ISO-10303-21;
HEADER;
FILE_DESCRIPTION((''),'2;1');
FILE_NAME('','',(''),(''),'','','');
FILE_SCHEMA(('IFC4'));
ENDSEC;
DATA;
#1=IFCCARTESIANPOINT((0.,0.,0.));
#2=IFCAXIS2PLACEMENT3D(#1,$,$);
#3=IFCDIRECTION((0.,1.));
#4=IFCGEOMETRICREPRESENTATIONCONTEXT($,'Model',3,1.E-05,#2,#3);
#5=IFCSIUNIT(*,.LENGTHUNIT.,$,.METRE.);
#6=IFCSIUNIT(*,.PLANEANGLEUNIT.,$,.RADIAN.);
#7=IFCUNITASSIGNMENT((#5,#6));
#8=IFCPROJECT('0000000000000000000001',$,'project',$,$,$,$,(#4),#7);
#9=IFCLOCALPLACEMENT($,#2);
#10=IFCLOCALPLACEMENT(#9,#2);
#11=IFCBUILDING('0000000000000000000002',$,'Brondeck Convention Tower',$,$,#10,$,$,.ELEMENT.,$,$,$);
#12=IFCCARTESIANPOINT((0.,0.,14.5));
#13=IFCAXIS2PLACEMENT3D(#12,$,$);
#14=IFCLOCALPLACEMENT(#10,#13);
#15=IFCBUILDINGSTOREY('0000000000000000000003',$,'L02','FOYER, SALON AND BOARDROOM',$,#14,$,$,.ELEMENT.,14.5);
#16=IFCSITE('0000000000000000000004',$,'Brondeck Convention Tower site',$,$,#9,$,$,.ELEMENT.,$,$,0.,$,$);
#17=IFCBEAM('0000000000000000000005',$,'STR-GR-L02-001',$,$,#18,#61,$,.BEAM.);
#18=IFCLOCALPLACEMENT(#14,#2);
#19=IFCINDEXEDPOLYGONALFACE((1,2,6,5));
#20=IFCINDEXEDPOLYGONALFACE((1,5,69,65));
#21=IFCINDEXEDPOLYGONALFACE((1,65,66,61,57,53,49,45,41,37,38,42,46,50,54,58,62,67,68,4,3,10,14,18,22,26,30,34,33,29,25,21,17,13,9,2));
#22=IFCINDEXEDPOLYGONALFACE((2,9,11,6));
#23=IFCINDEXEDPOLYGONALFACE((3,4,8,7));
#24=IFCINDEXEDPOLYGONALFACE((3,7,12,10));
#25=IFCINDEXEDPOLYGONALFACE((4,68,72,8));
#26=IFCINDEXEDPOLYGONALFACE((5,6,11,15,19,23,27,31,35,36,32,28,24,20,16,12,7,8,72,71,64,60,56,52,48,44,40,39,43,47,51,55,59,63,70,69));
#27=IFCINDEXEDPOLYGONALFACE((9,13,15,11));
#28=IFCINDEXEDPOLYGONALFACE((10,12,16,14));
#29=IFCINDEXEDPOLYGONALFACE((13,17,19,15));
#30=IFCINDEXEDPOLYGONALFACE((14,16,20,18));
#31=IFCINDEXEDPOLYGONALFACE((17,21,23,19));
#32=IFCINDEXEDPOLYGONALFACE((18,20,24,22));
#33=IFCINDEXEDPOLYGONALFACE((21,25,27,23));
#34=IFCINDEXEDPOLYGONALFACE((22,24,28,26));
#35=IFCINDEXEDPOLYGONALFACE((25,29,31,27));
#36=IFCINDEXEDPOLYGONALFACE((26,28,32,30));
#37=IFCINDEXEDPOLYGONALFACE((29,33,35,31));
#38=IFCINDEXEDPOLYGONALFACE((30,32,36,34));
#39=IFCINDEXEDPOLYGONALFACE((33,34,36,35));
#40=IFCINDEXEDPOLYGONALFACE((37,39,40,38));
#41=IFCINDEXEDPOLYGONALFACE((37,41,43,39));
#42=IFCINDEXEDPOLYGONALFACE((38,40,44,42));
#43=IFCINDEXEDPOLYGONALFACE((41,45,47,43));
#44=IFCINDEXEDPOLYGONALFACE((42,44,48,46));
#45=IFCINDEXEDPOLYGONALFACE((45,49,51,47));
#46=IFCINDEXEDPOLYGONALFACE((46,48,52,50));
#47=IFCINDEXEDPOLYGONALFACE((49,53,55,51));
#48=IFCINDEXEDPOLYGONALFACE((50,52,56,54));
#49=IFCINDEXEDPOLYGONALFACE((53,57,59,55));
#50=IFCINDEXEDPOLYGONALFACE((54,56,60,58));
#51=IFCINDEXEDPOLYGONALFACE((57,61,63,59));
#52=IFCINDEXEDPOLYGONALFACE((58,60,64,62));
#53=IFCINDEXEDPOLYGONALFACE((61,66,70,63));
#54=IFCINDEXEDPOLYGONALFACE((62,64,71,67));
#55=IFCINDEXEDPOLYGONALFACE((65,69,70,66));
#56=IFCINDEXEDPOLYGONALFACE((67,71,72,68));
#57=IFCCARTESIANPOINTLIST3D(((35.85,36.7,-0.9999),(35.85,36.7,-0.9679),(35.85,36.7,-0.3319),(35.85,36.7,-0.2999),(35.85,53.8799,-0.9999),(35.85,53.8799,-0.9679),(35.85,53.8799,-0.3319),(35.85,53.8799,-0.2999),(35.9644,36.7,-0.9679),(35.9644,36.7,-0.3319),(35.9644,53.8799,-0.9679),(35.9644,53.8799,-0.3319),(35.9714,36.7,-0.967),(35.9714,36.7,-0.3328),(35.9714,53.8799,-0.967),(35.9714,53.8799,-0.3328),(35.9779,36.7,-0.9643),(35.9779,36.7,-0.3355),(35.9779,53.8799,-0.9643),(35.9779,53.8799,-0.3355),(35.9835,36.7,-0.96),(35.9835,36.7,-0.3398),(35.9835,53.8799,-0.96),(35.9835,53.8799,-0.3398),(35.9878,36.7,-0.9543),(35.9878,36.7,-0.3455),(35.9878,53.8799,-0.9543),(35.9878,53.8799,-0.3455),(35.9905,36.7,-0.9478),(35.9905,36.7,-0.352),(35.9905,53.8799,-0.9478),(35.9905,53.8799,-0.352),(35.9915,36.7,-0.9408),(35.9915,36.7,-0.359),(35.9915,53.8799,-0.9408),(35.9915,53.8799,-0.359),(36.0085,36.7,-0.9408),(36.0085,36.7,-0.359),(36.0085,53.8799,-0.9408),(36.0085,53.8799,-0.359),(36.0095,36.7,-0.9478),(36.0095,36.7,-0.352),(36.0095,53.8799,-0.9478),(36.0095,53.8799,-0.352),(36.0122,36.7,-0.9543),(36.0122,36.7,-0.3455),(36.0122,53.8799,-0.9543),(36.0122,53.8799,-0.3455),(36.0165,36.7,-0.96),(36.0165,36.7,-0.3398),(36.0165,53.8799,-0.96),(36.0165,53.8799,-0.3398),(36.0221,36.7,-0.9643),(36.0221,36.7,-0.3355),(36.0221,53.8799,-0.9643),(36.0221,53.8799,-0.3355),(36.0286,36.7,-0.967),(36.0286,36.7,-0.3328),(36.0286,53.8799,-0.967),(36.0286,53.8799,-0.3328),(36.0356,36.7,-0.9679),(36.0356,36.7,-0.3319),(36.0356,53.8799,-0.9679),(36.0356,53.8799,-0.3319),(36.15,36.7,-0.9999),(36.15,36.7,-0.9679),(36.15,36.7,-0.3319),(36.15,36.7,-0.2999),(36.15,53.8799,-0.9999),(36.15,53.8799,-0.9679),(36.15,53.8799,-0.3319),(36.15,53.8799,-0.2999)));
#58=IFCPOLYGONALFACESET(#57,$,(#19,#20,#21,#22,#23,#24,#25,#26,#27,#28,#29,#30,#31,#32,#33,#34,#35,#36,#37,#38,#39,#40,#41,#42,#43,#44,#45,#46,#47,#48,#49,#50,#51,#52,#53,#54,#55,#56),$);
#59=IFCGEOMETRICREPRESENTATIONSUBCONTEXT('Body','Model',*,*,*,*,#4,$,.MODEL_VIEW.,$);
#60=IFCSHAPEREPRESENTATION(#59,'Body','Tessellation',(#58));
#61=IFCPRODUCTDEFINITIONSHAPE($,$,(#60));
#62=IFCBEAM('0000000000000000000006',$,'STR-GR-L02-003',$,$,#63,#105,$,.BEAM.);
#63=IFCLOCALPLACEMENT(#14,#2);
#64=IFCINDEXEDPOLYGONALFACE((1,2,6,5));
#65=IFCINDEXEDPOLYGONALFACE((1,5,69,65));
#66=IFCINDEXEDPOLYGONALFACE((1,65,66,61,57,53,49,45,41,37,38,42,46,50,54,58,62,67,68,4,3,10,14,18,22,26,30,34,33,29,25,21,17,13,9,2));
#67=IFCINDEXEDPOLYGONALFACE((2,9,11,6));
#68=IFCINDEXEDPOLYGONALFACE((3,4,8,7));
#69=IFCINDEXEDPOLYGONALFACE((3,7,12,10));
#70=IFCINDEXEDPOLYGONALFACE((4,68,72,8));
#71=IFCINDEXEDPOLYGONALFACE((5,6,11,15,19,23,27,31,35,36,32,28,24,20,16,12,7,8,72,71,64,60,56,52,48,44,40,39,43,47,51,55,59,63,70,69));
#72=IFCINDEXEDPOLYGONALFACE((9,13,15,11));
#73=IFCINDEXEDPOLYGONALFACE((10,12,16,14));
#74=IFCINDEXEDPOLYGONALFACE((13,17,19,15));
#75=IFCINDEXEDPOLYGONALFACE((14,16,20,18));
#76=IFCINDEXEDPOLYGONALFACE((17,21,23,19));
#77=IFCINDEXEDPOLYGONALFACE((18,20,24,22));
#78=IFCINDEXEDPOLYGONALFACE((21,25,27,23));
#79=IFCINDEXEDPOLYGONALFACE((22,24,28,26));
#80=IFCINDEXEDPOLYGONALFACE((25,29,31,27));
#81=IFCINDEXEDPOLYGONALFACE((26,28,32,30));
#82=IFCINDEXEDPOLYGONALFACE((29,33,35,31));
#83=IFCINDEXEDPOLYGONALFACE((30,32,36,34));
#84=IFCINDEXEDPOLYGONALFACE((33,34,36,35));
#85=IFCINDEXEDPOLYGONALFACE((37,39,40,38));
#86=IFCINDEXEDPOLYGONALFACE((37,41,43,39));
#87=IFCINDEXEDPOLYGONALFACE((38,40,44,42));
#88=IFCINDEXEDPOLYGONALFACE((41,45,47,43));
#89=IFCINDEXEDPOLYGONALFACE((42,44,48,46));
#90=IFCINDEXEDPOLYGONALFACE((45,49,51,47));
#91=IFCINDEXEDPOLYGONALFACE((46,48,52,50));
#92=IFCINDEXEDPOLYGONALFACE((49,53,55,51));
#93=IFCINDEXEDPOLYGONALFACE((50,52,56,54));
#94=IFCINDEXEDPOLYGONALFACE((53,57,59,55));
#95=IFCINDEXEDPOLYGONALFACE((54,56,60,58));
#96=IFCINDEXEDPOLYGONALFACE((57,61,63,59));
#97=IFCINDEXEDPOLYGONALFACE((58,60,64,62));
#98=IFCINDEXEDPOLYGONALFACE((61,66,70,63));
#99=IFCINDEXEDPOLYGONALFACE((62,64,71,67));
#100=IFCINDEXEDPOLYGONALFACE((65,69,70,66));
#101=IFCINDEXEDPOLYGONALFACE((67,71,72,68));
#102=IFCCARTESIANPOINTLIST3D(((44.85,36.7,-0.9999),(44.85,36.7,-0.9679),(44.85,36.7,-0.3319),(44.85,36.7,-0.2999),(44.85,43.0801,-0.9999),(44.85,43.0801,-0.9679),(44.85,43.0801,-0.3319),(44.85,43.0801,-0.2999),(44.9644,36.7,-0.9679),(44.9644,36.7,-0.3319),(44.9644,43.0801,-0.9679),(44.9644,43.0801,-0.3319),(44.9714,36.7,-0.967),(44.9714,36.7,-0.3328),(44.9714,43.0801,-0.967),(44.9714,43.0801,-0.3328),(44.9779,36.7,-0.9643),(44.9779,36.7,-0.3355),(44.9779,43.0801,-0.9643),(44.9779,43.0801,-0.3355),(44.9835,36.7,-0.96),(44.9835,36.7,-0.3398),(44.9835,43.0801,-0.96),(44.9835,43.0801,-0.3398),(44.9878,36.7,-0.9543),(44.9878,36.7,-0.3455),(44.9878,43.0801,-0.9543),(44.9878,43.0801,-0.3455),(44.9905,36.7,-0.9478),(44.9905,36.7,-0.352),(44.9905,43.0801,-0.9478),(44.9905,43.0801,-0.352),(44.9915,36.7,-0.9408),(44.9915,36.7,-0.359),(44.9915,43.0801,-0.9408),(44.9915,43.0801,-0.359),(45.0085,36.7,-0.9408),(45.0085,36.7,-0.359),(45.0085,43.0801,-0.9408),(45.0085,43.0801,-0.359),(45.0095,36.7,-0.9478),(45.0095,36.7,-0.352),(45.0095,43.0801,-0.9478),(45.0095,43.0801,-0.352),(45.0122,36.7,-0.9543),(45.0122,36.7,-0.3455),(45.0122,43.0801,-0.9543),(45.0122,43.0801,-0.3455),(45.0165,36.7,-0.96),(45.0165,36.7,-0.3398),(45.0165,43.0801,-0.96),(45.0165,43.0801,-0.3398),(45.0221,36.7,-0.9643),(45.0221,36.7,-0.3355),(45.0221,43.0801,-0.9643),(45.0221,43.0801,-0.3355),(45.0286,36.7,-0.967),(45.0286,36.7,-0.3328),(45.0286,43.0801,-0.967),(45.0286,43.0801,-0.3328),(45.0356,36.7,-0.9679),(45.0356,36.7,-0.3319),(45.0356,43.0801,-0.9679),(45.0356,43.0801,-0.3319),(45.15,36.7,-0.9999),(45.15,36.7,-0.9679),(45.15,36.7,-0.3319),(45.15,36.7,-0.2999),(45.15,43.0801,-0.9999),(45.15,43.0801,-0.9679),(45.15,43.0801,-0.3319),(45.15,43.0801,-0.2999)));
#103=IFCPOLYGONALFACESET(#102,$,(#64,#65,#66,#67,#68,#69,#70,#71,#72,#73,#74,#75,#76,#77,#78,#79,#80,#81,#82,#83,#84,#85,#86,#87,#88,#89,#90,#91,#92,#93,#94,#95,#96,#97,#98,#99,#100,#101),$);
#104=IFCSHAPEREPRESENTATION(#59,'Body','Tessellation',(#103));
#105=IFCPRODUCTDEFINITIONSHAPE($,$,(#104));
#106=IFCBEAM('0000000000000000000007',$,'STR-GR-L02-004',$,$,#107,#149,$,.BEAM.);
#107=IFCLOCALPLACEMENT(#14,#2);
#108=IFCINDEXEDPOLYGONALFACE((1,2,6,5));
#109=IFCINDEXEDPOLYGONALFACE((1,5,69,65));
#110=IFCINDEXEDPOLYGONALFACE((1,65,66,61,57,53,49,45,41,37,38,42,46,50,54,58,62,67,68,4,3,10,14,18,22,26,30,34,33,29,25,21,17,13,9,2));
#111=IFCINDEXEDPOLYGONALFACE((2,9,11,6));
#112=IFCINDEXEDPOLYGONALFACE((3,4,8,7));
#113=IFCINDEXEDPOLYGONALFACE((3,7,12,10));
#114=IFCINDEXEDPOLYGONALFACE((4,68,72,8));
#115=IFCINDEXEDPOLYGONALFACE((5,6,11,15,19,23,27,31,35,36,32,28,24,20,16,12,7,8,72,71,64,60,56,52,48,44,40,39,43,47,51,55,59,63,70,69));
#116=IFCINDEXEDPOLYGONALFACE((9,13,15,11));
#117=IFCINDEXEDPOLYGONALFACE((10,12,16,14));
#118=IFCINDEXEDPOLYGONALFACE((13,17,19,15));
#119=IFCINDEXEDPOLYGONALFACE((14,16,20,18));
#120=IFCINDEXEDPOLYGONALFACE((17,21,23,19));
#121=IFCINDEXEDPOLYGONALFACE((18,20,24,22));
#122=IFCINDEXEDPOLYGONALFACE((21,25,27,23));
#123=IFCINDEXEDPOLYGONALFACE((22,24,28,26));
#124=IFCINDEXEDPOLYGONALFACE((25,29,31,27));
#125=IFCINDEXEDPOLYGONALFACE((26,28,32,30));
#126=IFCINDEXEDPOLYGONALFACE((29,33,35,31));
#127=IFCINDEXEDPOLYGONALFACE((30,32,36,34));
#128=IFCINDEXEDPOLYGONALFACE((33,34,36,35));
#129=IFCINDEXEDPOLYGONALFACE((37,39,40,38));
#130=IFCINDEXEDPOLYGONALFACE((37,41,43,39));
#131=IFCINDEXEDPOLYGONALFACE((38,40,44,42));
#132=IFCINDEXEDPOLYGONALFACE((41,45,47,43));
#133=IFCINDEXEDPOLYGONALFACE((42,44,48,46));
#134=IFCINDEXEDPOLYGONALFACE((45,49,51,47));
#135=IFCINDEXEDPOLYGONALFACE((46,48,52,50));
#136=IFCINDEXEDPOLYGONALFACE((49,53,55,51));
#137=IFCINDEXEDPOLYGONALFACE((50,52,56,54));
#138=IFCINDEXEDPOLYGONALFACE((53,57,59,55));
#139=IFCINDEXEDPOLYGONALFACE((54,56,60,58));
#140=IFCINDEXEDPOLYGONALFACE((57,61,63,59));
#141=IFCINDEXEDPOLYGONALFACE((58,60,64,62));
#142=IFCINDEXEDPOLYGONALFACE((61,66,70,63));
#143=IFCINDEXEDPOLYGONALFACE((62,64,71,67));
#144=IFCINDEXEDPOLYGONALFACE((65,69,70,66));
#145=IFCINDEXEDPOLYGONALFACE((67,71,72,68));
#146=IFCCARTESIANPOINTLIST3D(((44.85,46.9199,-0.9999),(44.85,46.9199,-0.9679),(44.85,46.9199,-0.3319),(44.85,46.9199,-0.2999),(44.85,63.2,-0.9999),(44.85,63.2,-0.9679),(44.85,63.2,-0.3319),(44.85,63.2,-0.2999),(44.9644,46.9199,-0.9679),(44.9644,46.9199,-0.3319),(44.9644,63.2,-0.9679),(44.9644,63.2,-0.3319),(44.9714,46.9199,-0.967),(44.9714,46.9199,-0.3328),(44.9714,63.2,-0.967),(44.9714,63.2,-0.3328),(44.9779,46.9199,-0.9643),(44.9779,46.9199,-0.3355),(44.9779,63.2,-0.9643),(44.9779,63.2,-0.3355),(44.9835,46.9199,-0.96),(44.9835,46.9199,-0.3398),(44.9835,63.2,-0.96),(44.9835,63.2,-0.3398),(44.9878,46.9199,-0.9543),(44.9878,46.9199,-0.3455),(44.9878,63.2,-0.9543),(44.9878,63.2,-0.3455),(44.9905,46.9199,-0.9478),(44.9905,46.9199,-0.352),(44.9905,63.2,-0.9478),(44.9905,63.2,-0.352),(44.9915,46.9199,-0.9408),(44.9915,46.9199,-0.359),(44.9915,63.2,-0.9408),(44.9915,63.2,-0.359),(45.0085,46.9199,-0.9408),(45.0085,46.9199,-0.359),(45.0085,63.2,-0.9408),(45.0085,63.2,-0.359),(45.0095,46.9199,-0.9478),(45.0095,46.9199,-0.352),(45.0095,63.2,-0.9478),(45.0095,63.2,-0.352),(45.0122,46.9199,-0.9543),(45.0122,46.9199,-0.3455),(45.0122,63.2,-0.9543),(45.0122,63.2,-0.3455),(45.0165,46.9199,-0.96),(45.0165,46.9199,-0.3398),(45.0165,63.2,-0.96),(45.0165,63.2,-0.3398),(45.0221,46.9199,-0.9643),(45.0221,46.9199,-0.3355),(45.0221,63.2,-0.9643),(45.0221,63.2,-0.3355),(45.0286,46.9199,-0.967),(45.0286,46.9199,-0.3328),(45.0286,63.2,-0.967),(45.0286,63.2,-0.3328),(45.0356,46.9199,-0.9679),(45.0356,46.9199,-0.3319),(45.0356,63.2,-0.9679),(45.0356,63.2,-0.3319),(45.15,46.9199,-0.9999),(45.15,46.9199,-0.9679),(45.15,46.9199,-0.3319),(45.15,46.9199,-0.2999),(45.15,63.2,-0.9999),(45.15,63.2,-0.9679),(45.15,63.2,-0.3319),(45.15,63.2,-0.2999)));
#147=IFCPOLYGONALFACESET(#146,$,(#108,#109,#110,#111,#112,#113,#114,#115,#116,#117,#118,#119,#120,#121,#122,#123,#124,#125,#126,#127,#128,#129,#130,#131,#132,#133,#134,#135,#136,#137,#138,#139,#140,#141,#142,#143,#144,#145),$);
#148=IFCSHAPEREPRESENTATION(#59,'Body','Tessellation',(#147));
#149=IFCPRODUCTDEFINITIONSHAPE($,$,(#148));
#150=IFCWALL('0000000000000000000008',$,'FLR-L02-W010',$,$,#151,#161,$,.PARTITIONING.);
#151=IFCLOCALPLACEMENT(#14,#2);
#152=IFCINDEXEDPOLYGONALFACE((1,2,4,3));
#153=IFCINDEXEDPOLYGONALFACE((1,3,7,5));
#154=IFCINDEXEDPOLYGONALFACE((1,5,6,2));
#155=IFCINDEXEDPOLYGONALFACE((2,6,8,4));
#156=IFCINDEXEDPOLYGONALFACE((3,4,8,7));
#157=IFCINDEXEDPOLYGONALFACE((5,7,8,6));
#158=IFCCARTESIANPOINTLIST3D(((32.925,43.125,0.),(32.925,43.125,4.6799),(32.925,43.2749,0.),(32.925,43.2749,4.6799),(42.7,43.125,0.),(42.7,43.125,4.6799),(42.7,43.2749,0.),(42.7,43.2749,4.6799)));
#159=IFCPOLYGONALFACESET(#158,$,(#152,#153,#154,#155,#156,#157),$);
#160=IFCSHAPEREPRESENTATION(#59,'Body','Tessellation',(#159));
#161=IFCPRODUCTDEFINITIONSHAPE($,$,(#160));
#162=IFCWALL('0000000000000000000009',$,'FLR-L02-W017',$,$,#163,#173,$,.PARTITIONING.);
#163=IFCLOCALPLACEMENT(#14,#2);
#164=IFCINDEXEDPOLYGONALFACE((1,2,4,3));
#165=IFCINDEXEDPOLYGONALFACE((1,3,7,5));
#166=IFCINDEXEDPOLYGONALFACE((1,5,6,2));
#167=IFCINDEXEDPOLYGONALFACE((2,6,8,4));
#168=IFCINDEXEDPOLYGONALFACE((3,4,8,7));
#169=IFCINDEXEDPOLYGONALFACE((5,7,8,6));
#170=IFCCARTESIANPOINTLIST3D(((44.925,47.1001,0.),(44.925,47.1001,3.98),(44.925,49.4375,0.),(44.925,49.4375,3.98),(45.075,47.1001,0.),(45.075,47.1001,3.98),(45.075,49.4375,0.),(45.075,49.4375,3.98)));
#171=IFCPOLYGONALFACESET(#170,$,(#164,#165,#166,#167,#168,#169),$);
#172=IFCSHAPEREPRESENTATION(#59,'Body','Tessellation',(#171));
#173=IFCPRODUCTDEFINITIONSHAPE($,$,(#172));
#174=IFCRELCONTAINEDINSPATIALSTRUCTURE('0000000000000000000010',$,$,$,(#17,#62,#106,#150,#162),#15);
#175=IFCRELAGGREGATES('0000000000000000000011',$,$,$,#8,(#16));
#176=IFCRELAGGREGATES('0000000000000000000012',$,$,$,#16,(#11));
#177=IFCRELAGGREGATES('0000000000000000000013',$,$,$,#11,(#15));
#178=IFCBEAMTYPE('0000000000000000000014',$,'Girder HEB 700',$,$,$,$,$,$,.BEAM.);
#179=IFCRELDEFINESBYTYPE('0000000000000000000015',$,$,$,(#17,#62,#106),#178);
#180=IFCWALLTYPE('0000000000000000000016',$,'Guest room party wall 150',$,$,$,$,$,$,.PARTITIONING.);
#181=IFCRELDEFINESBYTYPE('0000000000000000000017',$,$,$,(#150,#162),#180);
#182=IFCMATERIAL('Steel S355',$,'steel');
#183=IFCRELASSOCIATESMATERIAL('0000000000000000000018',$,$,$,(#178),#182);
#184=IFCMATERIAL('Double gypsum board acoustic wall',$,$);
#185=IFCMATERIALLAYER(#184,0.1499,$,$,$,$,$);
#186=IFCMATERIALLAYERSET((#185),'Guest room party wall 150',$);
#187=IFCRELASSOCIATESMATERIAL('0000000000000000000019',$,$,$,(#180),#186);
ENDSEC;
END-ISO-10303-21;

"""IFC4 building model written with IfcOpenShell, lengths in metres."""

from ifc_helpers import new_model, si_unit, direction, frame, frame_2d, origin, origin_2d, place, context, subcontext, project, spatial, rectangle, i_section, extrude, material, layer, layer_set, material_profile, profile_set, type_object, element, save


model = new_model("IFC4")

# Units and contexts
model_context = context("Model", 3, precision=1e-05, world=origin(), true_north=direction((0.0, 1.0)))
body_context = subcontext(model_context, "Body", "Model", "MODEL_VIEW")
ifc_project = project(units=[si_unit("LENGTHUNIT", "METRE"), si_unit("PLANEANGLEUNIT", "RADIAN")], contexts=[model_context])

# Site, building, storey
site_placement = place(None, origin())
site = spatial("IfcSite", under=ifc_project, at=site_placement, Name="Brondeck Convention Tower site", CompositionType="ELEMENT", RefElevation=0.0)
building_placement = place(site_placement, origin())
building = spatial("IfcBuilding", under=site, at=building_placement, Name="Brondeck Convention Tower", CompositionType="ELEMENT")
storey_placement = place(building_placement, frame((0.0, 0.0, 14.5)))
storey = spatial("IfcBuildingStorey", under=building, at=storey_placement, Name="L02", Description="FOYER, SALON AND BOARDROOM", CompositionType="ELEMENT", Elevation=14.5)

# Beams
ifc_material_1 = material(Name="Steel S355", Category="steel")
ifc_material_profile = material_profile(ifc_material_1, i_section(OverallWidth=0.3, OverallDepth=0.7, WebThickness=0.0171, FlangeThickness=0.032, FilletRadius=0.0271, at=origin_2d()), Name="HEB 700")
ifc_profile_set = profile_set([ifc_material_profile], Name="Steel S355")
beam_type = type_object("IfcBeamType", Name="Girder HEB 700", PredefinedType="BEAM", material=ifc_profile_set)
beam_1_placement = place(storey_placement, frame((36.0, 36.7, -0.6499), z_axis=(0.0, 1.0, 0.0), x_axis=(-1.0, 0.0, 0.0)))
element("IfcBeam", 1, at=beam_1_placement, inside=storey, type_object=beam_type, Name="STR-GR-L02-001", PredefinedType="BEAM", context=body_context, shape_type="SweptSolid", body=[
    extrude(i_section(OverallWidth=0.3, OverallDepth=0.7, WebThickness=0.0171, FlangeThickness=0.032, FilletRadius=0.0271, at=origin_2d()), origin(), (0.0, 0.0, 1.0), 17.1799),
])
beam_2_placement = place(storey_placement, frame((45.0, 36.7, -0.6499), z_axis=(0.0, 1.0, 0.0), x_axis=(-1.0, 0.0, 0.0)))
element("IfcBeam", 2, at=beam_2_placement, inside=storey, type_object=beam_type, Name="STR-GR-L02-003", PredefinedType="BEAM", context=body_context, shape_type="SweptSolid", body=[
    extrude(i_section(OverallWidth=0.3, OverallDepth=0.7, WebThickness=0.0171, FlangeThickness=0.032, FilletRadius=0.0271, at=origin_2d()), origin(), (0.0, 0.0, 1.0), 6.3801),
])
beam_3_placement = place(storey_placement, frame((45.0, 46.9199, -0.6499), z_axis=(0.0, 1.0, 0.0), x_axis=(-1.0, 0.0, 0.0)))
element("IfcBeam", 3, at=beam_3_placement, inside=storey, type_object=beam_type, Name="STR-GR-L02-004", PredefinedType="BEAM", context=body_context, shape_type="SweptSolid", body=[
    extrude(i_section(OverallWidth=0.3, OverallDepth=0.7, WebThickness=0.0171, FlangeThickness=0.032, FilletRadius=0.0271, at=origin_2d()), origin(), (0.0, 0.0, 1.0), 16.28),
])

# Walls
ifc_material_2 = material(Name="Double gypsum board acoustic wall")
ifc_layer_1 = layer(ifc_material_2, 0.1499)
ifc_layer_set_1 = layer_set([ifc_layer_1], Name="Guest room party wall 150")
wall_type_1 = type_object("IfcWallType", Name="Guest room party wall 150", PredefinedType="PARTITIONING", material=ifc_layer_set_1)
wall_1_placement = place(storey_placement, frame((32.925, 43.2, 0.0), z_axis=(0.0, 0.0, 1.0), x_axis=(1.0, 0.0, 0.0)))
element("IfcWall", 4, at=wall_1_placement, inside=storey, type_object=wall_type_1, Name="FLR-L02-W010", PredefinedType="PARTITIONING", context=body_context, shape_type="SweptSolid", body=[
    extrude(rectangle(XDim=9.7749, YDim=0.1499, at=frame_2d((4.8875, 0.0))), origin(), (0.0, 0.0, 1.0), 4.6799),
])
wall_2_placement = place(storey_placement, frame((45.0, 49.4375, 0.0), z_axis=(0.0, 0.0, 1.0), x_axis=(0.0, -1.0, 0.0)))
element("IfcWall", 5, at=wall_2_placement, inside=storey, type_object=wall_type_1, Name="FLR-L02-W017", PredefinedType="PARTITIONING", context=body_context, shape_type="SweptSolid", body=[
    extrude(rectangle(XDim=2.3374, YDim=0.1499, at=frame_2d((1.1687, 0.0))), origin(), (0.0, 0.0, 1.0), 3.98),
])

save(model, "model.ifc")
